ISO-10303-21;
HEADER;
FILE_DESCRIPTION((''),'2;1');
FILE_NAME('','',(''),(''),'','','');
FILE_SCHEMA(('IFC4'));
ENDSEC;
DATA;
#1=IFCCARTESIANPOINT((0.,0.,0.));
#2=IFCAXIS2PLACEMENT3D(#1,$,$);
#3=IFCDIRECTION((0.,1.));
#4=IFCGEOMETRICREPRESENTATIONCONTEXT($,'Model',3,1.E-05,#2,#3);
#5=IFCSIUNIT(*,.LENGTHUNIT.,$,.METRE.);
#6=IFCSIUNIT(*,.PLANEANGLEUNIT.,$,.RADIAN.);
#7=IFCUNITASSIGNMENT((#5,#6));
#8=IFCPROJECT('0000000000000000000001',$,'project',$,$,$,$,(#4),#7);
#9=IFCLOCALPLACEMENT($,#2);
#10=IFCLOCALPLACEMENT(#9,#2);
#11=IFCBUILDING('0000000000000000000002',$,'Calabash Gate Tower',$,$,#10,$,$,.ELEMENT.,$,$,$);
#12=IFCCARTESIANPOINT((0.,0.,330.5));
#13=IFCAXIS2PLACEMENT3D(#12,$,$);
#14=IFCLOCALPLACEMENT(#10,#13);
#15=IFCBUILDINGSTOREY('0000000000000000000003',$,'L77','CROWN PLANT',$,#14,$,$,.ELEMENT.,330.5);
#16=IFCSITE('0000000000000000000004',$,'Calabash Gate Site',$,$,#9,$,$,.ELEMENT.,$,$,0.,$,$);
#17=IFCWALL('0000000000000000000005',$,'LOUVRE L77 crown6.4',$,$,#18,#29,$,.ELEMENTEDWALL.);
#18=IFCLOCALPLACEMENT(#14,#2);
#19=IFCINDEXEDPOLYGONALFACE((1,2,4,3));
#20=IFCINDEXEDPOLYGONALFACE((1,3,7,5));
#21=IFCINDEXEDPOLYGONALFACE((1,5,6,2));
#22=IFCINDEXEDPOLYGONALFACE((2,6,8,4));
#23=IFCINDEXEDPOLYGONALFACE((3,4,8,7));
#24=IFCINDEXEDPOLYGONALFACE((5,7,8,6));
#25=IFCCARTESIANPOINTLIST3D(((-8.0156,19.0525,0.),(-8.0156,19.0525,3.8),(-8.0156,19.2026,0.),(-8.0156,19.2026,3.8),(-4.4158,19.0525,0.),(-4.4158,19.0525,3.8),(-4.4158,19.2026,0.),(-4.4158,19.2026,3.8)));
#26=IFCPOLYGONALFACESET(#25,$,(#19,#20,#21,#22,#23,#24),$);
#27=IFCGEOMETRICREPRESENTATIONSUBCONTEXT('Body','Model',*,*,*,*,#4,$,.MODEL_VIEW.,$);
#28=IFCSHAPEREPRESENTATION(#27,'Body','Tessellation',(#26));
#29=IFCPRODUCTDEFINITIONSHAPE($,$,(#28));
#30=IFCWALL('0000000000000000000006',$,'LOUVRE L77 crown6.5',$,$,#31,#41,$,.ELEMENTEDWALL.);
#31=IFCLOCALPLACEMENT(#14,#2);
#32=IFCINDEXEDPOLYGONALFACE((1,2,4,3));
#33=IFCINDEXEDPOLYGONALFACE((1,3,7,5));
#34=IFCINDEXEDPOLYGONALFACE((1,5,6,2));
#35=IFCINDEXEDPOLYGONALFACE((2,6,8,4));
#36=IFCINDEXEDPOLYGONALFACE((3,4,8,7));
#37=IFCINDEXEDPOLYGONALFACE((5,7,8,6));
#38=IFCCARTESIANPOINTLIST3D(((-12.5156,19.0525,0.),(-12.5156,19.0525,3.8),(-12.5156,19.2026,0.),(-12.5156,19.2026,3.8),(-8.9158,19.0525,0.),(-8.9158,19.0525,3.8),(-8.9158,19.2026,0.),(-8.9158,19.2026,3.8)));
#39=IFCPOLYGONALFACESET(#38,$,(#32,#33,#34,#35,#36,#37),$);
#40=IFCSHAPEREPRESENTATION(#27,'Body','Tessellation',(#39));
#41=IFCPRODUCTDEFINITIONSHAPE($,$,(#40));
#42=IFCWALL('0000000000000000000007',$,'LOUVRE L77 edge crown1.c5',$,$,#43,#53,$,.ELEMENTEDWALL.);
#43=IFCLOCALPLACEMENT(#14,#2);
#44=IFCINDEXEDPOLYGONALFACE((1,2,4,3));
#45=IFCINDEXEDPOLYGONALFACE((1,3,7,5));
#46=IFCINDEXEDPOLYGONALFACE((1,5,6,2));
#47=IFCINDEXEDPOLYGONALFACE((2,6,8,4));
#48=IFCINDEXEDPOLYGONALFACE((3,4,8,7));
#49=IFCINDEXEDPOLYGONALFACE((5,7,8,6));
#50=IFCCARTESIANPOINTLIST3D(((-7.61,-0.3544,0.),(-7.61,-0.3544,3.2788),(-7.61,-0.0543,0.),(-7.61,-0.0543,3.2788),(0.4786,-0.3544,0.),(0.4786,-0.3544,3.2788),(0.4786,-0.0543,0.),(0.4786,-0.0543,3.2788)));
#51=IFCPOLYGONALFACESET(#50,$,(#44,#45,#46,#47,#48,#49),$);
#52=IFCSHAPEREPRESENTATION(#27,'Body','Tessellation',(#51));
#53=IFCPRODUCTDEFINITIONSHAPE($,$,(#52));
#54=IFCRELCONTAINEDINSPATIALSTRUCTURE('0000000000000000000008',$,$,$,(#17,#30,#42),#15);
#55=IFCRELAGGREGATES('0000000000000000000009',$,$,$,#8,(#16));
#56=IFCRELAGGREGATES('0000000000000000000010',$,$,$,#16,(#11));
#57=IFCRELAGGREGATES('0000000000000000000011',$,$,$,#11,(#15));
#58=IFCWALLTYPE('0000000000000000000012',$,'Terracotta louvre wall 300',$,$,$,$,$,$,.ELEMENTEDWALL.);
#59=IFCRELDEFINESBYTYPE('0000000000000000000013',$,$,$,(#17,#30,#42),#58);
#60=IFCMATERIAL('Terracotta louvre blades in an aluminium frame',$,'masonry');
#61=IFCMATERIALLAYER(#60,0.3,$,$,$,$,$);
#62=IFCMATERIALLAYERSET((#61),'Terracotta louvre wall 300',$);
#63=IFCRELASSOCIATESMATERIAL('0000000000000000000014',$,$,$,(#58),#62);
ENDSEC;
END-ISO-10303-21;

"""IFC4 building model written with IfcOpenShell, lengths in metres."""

from ifc_helpers import new_model, si_unit, direction, frame, frame_2d, origin, place, context, subcontext, project, spatial, polyline, rectangle, outline, extrude, material, layer, layer_set, type_object, element, save


model = new_model("IFC4")

# Units and contexts
model_context = context("Model", 3, precision=1e-05, world=origin(), true_north=direction((0.0, 1.0)))
body_context = subcontext(model_context, "Body", "Model", "MODEL_VIEW")
ifc_project = project(units=[si_unit("LENGTHUNIT", "METRE"), si_unit("PLANEANGLEUNIT", "RADIAN")], contexts=[model_context])

# Site, building, storey
site_placement = place(None, origin())
site = spatial("IfcSite", under=ifc_project, at=site_placement, Name="Calabash Gate Site", CompositionType="ELEMENT", RefElevation=0.0)
building_placement = place(site_placement, origin())
building = spatial("IfcBuilding", under=site, at=building_placement, Name="Calabash Gate Tower", CompositionType="ELEMENT")
storey_placement = place(building_placement, frame((0.0, 0.0, 330.5)))
storey = spatial("IfcBuildingStorey", under=building, at=storey_placement, Name="L77", Description="CROWN PLANT", CompositionType="ELEMENT", Elevation=330.5)

# Walls
ifc_material_1 = material(Name="Terracotta louvre blades in an aluminium frame", Category="masonry")
ifc_layer_1 = layer(ifc_material_1, 0.3)
ifc_layer_set_1 = layer_set([ifc_layer_1], Name="Terracotta louvre wall 300")
wall_type_1 = type_object("IfcWallType", Name="Terracotta louvre wall 300", PredefinedType="ELEMENTEDWALL", material=ifc_layer_set_1)
wall_1_placement = place(storey_placement, origin())
element("IfcWall", 1, at=wall_1_placement, inside=storey, type_object=wall_type_1, Name="LOUVRE L77 crown6.4", PredefinedType="ELEMENTEDWALL", context=body_context, shape_type="SweptSolid", body=[
    extrude(outline(polyline([(-4.4158, 19.2026), (-8.0156, 19.2026), (-8.0156, 19.0525), (-4.4158, 19.0525), (-4.4158, 19.2026)])), origin(), (0.0, 0.0, 1.0), 3.8),
])
wall_2_placement = place(storey_placement, origin())
element("IfcWall", 2, at=wall_2_placement, inside=storey, type_object=wall_type_1, Name="LOUVRE L77 crown6.5", PredefinedType="ELEMENTEDWALL", context=body_context, shape_type="SweptSolid", body=[
    extrude(outline(polyline([(-8.9158, 19.2026), (-12.5156, 19.2026), (-12.5156, 19.0525), (-8.9158, 19.0525), (-8.9158, 19.2026)])), origin(), (0.0, 0.0, 1.0), 3.8),
])
wall_3_placement = place(storey_placement, frame((-7.6101, -0.2043, 0.0), z_axis=(0.0, 0.0, 1.0), x_axis=(1.0, 0.0, 0.0)))
element("IfcWall", 3, at=wall_3_placement, inside=storey, type_object=wall_type_1, Name="LOUVRE L77 edge crown1.c5", PredefinedType="ELEMENTEDWALL", context=body_context, shape_type="SweptSolid", body=[
    extrude(rectangle(XDim=8.0886, YDim=0.3, at=frame_2d((4.0444, 0.0))), origin(), (0.0, 0.0, 1.0), 3.2788),
])

save(model, "model.ifc")
